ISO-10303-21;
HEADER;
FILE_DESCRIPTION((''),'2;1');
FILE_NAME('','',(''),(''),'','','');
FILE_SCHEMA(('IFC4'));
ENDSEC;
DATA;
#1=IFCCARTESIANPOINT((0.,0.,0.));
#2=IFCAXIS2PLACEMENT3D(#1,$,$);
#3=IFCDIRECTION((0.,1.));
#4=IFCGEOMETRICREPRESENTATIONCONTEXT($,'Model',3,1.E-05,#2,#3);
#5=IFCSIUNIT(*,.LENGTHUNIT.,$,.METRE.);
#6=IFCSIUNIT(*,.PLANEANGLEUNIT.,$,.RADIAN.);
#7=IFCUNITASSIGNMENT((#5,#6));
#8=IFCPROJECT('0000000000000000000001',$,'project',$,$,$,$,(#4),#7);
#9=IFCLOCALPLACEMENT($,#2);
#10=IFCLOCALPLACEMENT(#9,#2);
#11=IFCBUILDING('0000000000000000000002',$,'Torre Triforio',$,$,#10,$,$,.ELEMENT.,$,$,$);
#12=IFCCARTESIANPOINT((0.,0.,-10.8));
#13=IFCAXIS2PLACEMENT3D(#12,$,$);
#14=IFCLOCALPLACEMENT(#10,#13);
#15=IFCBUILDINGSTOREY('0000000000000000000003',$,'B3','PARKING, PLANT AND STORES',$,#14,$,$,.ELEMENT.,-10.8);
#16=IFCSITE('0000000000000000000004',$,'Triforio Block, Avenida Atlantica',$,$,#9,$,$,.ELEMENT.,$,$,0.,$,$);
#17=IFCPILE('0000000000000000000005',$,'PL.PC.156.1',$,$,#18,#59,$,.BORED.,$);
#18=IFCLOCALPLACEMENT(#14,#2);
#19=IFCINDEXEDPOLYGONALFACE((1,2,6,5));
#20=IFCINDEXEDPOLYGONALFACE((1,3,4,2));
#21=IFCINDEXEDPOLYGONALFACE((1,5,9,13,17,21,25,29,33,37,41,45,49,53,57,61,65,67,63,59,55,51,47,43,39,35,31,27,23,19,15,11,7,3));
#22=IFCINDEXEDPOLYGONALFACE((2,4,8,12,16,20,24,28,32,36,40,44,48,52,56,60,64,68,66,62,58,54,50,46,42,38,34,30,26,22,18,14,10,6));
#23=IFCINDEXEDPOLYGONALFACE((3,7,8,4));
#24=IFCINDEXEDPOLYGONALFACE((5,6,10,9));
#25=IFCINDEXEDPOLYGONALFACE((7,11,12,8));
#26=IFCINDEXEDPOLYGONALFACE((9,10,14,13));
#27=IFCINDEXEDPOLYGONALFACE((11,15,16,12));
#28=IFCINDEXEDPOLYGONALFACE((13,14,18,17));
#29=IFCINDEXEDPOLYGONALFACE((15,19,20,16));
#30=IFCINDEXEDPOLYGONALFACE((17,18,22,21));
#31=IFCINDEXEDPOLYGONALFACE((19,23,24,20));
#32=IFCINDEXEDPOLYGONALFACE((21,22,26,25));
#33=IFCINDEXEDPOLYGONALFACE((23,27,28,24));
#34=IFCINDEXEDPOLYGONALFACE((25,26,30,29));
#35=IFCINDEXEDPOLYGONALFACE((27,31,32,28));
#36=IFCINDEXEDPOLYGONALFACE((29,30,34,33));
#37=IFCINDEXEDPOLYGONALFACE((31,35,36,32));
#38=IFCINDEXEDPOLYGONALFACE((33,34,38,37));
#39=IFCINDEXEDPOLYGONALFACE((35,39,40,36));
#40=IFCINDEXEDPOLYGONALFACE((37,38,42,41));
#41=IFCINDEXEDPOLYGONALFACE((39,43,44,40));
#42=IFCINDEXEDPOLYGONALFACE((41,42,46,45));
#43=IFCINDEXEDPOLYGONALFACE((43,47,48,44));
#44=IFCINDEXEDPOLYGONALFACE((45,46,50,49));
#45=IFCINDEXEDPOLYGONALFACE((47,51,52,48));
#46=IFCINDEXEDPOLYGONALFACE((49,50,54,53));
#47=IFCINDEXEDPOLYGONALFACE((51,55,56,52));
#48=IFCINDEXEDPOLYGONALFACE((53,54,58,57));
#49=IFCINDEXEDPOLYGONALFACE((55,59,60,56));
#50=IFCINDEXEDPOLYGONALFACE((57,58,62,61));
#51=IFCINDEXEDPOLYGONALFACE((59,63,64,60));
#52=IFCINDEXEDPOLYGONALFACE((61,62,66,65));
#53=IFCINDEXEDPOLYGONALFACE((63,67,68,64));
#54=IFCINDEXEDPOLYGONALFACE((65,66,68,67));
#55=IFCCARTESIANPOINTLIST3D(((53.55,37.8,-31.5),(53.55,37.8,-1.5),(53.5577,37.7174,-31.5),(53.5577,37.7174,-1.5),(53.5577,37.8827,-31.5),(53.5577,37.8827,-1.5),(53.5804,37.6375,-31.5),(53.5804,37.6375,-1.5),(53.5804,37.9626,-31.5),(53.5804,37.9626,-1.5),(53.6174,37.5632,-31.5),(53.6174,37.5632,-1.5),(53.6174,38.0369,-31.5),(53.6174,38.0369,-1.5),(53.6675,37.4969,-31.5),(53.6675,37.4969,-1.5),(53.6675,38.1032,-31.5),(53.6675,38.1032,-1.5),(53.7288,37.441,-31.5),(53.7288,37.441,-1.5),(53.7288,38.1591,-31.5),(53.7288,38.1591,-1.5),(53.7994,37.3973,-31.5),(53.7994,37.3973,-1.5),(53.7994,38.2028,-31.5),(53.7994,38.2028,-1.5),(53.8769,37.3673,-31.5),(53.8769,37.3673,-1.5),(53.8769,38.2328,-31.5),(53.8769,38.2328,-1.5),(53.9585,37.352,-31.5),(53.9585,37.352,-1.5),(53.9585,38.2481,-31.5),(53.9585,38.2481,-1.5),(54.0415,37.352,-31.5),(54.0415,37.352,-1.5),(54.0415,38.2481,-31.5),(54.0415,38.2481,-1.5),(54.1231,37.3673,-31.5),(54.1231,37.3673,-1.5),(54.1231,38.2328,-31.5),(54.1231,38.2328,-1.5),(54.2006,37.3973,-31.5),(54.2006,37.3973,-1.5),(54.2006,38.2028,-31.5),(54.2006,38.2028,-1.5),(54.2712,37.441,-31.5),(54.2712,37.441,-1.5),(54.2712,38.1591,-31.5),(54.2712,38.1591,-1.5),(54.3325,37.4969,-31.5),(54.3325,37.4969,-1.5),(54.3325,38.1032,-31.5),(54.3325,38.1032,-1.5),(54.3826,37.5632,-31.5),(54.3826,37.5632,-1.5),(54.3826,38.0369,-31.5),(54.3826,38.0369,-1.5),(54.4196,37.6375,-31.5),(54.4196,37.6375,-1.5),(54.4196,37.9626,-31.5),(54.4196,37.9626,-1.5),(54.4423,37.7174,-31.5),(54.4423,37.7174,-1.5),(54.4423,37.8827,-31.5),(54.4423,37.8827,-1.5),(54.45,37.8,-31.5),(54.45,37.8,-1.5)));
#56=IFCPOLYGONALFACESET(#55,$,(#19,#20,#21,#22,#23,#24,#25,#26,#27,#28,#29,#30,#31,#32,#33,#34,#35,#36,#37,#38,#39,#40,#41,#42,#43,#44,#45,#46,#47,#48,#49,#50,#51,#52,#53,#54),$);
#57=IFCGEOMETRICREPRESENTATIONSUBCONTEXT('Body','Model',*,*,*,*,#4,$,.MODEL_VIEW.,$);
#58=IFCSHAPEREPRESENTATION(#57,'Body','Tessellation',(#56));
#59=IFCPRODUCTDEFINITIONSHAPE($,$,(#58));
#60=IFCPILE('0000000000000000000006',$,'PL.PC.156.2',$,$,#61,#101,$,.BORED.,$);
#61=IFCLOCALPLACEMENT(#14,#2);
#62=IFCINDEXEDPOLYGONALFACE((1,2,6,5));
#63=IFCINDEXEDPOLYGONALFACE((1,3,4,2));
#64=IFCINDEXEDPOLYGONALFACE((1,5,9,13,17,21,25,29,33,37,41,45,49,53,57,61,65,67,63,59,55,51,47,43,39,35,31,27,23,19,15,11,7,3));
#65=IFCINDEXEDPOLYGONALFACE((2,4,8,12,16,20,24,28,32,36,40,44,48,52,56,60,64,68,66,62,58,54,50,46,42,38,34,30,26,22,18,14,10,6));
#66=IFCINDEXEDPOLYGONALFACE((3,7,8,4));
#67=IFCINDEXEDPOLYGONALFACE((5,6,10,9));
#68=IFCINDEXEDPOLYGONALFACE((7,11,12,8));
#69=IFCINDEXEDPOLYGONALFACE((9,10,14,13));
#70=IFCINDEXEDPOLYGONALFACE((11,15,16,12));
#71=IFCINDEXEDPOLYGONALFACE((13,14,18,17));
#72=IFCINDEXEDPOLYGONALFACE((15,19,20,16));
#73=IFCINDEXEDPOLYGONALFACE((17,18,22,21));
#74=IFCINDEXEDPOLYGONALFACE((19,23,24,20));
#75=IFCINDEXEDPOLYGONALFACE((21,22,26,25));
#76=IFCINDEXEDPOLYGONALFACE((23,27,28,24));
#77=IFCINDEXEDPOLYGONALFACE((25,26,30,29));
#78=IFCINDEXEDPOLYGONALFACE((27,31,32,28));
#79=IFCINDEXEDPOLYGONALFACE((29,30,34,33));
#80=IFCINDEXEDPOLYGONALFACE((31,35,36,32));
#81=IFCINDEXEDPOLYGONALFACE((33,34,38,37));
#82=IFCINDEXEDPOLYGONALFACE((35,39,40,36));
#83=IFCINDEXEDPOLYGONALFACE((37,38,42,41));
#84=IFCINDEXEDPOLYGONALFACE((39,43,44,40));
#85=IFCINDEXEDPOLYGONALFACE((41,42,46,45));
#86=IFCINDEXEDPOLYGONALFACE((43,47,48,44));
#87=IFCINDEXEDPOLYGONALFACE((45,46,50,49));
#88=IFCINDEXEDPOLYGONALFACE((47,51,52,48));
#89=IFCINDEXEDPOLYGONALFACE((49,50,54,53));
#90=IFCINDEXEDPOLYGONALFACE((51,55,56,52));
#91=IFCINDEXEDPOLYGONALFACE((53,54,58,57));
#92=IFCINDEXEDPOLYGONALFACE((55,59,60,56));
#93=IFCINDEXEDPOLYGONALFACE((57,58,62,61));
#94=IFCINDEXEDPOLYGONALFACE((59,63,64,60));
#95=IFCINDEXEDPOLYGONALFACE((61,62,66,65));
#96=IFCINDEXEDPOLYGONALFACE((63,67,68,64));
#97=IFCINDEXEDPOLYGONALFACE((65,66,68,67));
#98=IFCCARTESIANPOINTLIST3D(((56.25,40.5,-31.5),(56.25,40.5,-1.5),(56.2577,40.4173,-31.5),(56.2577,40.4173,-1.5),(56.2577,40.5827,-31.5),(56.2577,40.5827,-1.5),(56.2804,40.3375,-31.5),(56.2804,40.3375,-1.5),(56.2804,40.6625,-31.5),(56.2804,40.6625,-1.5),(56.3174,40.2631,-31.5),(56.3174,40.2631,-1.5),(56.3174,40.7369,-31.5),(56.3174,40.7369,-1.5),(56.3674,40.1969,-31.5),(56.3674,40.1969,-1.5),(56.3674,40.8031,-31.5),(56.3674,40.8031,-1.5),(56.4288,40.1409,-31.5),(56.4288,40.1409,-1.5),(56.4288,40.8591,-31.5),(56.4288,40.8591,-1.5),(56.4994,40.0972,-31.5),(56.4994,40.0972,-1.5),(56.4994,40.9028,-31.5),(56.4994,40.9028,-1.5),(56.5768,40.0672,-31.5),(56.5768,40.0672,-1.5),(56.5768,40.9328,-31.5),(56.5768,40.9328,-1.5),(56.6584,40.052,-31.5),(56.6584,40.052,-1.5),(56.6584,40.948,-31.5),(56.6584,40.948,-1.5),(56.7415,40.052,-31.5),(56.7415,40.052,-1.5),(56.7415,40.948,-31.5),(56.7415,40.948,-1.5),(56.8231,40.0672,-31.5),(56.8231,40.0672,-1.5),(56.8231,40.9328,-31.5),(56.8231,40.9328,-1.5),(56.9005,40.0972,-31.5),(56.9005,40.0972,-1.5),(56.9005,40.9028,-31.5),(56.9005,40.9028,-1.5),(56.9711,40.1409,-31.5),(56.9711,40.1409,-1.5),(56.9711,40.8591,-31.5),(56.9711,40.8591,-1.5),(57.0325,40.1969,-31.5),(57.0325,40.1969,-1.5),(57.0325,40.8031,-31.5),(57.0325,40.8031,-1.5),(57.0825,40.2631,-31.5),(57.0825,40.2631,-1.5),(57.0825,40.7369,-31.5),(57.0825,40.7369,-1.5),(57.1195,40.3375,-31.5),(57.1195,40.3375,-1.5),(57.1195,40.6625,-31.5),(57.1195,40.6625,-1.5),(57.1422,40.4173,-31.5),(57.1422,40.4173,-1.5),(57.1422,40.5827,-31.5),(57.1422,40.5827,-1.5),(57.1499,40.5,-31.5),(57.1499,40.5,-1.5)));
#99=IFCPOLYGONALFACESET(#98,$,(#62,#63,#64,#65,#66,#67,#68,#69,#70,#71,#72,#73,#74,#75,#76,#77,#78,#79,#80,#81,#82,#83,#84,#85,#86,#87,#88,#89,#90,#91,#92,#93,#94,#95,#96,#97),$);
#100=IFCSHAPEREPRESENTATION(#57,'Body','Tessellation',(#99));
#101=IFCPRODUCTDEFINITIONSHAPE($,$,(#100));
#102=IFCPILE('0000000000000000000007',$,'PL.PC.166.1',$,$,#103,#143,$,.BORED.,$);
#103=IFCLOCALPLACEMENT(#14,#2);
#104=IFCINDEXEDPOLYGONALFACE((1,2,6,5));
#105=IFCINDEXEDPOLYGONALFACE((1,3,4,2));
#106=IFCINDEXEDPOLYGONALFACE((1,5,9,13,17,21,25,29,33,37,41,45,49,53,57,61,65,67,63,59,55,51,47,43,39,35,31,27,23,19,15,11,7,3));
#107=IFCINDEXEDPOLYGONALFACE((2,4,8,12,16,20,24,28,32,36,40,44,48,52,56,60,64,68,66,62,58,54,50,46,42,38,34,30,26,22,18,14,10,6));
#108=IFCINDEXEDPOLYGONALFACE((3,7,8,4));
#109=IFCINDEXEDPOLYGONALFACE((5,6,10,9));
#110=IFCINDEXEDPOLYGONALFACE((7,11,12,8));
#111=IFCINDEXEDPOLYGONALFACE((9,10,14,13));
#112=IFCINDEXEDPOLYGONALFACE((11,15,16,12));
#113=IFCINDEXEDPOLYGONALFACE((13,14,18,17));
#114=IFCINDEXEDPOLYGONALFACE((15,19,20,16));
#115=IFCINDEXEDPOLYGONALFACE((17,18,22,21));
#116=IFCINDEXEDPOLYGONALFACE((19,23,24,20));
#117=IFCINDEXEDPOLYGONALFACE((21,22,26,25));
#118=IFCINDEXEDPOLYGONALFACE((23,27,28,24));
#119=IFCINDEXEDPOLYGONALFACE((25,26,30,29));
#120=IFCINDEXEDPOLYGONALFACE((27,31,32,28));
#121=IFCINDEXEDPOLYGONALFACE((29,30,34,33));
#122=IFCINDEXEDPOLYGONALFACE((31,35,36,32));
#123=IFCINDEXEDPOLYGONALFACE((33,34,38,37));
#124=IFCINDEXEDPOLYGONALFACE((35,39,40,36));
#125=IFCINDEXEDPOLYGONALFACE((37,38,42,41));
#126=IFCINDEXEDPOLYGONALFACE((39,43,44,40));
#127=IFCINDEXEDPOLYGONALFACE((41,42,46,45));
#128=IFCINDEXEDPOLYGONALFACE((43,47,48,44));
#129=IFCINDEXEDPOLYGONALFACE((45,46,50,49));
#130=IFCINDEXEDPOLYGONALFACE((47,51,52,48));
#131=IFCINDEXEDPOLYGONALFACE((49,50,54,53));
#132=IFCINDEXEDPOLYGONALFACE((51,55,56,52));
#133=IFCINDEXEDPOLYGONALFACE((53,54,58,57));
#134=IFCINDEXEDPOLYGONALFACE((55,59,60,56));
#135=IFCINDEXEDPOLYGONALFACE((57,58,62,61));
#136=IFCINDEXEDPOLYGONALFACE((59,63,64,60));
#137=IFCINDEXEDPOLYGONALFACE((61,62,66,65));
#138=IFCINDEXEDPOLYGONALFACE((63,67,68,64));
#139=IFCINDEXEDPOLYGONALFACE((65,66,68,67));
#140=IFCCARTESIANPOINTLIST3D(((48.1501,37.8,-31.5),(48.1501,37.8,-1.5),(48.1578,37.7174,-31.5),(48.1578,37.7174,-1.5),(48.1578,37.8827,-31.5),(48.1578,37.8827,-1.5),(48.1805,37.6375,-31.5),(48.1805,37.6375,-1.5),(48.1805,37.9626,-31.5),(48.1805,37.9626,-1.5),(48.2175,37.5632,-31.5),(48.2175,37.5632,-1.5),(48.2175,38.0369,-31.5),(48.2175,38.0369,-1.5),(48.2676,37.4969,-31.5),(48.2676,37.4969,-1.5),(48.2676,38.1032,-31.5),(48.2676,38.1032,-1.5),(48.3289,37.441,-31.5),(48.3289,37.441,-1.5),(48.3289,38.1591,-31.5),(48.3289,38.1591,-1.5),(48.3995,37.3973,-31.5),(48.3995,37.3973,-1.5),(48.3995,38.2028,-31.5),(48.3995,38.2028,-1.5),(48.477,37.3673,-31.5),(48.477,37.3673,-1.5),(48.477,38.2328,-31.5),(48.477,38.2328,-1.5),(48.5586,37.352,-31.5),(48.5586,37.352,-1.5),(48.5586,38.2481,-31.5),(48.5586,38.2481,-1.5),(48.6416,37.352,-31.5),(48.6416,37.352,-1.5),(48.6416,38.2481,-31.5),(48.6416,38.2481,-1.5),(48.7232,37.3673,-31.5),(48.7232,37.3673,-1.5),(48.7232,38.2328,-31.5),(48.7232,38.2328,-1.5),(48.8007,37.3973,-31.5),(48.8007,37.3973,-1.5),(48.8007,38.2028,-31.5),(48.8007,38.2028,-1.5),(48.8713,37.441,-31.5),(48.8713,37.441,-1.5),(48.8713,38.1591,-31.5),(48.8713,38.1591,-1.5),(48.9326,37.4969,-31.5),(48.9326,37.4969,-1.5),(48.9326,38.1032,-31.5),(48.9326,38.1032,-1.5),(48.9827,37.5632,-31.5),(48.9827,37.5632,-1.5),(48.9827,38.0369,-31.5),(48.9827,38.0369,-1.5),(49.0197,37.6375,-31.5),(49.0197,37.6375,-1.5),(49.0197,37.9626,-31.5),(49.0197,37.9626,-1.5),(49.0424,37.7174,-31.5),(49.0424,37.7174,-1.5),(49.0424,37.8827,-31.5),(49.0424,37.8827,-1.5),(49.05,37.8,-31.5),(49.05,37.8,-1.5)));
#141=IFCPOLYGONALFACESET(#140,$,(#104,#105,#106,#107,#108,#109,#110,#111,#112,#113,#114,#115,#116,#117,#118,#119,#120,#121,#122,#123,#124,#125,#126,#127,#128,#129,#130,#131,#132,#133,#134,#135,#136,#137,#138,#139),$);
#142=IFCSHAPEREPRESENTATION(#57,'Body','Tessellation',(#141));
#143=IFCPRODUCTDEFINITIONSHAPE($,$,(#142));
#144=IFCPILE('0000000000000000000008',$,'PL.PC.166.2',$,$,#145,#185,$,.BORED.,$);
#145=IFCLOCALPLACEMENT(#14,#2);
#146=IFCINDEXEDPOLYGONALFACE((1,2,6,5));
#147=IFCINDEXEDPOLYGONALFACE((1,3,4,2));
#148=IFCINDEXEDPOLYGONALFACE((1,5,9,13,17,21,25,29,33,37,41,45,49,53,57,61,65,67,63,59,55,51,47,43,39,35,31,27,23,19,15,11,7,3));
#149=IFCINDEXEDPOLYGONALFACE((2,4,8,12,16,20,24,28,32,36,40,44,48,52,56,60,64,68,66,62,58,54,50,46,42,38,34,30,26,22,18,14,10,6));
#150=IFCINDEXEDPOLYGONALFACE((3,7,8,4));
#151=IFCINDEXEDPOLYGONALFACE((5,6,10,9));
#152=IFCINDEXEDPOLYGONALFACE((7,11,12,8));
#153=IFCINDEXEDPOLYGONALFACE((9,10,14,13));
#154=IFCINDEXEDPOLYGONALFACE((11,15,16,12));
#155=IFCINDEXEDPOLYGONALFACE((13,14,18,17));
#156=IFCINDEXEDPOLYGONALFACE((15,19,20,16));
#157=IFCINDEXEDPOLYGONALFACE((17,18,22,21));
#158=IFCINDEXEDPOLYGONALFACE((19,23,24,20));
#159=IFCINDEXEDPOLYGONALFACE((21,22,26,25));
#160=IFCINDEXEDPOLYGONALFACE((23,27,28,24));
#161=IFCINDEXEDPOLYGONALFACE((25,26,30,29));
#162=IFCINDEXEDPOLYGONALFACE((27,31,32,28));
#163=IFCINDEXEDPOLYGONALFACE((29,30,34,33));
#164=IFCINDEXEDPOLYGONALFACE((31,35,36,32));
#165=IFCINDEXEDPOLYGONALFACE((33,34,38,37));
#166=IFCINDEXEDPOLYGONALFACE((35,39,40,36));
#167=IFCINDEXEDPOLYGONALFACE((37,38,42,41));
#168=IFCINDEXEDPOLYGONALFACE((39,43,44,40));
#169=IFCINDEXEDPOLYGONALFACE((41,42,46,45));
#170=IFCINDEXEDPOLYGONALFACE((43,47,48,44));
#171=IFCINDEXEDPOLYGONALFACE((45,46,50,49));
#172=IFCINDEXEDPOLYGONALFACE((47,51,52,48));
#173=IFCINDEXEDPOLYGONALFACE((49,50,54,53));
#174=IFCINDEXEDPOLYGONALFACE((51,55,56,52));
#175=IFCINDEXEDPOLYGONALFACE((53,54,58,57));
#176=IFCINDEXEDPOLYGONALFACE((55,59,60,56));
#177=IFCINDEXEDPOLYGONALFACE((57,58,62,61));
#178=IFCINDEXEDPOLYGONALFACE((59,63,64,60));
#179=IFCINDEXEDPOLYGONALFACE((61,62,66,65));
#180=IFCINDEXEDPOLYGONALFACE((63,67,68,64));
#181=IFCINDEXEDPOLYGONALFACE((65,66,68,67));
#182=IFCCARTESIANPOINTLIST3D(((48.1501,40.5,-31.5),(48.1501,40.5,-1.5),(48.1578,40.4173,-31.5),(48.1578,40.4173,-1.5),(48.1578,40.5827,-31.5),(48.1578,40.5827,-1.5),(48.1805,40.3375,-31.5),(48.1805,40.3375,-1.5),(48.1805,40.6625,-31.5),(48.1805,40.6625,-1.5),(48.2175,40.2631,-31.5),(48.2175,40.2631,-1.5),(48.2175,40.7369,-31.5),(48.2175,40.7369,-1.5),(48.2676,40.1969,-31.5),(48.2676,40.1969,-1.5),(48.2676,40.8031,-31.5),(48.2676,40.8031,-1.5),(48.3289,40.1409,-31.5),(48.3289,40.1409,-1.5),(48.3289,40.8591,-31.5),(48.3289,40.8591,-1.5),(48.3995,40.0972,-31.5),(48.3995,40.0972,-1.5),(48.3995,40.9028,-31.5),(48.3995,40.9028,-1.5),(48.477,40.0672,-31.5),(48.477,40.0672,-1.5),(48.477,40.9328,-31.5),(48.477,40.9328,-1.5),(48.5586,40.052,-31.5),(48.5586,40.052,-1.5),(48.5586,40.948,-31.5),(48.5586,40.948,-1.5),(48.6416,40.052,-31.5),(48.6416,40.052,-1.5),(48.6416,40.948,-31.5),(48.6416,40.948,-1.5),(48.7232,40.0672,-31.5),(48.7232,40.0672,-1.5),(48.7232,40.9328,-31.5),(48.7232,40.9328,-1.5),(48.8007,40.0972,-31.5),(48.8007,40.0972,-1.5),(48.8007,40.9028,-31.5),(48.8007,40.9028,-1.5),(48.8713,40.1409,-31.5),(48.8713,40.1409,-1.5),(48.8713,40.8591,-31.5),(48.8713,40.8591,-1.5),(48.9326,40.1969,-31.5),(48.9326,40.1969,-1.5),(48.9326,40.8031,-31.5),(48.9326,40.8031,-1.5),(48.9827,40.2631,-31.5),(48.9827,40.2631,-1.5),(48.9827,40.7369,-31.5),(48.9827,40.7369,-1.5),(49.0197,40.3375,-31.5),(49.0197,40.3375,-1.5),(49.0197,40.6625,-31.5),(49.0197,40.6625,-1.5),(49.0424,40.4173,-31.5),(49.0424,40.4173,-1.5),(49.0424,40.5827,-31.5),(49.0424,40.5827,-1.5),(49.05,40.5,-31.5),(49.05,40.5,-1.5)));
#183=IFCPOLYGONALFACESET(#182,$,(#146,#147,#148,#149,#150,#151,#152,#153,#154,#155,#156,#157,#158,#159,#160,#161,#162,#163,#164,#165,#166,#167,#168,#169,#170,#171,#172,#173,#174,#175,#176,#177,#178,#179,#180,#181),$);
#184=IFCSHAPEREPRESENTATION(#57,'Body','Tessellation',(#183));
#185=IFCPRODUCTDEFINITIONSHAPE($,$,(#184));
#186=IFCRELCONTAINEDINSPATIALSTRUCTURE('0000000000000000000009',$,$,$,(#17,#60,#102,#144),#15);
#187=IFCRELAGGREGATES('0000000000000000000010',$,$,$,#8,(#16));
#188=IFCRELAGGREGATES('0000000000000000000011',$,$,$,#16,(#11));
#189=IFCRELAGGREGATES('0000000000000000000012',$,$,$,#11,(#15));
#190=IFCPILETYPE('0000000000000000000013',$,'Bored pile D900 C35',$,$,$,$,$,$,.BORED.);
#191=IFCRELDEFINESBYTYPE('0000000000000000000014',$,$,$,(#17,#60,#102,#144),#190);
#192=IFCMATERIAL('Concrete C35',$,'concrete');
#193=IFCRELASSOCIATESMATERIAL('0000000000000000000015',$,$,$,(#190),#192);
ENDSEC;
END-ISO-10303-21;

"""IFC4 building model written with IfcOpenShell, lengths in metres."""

from ifc_helpers import new_model, si_unit, direction, frame, origin, origin_2d, place, context, subcontext, project, spatial, circle, extrude, material, material_profile, profile_set, type_object, element, save


model = new_model("IFC4")

# Units and contexts
model_context = context("Model", 3, precision=1e-05, world=origin(), true_north=direction((0.0, 1.0)))
body_context = subcontext(model_context, "Body", "Model", "MODEL_VIEW")
ifc_project = project(units=[si_unit("LENGTHUNIT", "METRE"), si_unit("PLANEANGLEUNIT", "RADIAN")], contexts=[model_context])

# Site, building, storey
site_placement = place(None, origin())
site = spatial("IfcSite", under=ifc_project, at=site_placement, Name="Triforio Block, Avenida Atlantica", CompositionType="ELEMENT", RefElevation=0.0)
building_placement = place(site_placement, origin())
building = spatial("IfcBuilding", under=site, at=building_placement, Name="Torre Triforio", CompositionType="ELEMENT")
storey_placement = place(building_placement, frame((0.0, 0.0, -10.8)))
storey = spatial("IfcBuildingStorey", under=building, at=storey_placement, Name="B3", Description="PARKING, PLANT AND STORES", CompositionType="ELEMENT", Elevation=-10.8)

# Piles
ifc_material_1 = material(Name="Concrete C35", Category="concrete")
ifc_material_profile_1 = material_profile(ifc_material_1, circle(Radius=0.45, at=origin_2d()), Name="RC D900")
ifc_profile_set_1 = profile_set([ifc_material_profile_1], Name="Concrete C35")
pile_type = type_object("IfcPileType", Name="Bored pile D900 C35", PredefinedType="BORED", material=ifc_profile_set_1)
for number, where, z_axis, x_axis, name in (
    (1, (54.0, 37.8, -1.5), (0.0, 0.0, -1.0), (1.0, 0.0, 0.0), "PL.PC.156.1"),
    (2, (56.7, 40.5, -1.5), (0.0, 0.0, -1.0), (1.0, 0.0, 0.0), "PL.PC.156.2"),
    (3, (48.6001, 37.8, -1.5), (0.0, 0.0, -1.0), (1.0, 0.0, 0.0), "PL.PC.166.1"),
    (4, (48.6001, 40.5, -1.5), (0.0, 0.0, -1.0), (1.0, 0.0, 0.0), "PL.PC.166.2"),
):
    element("IfcPile", number, at=place(storey_placement, frame(where, z_axis=z_axis, x_axis=x_axis)), inside=storey, type_object=pile_type, Name=name, PredefinedType="BORED", context=body_context, shape_type="SweptSolid", body=[
        extrude(circle(Radius=0.45, at=origin_2d()), origin(), (0.0, 0.0, 1.0), 30.0),
    ])

save(model, "model.ifc")
